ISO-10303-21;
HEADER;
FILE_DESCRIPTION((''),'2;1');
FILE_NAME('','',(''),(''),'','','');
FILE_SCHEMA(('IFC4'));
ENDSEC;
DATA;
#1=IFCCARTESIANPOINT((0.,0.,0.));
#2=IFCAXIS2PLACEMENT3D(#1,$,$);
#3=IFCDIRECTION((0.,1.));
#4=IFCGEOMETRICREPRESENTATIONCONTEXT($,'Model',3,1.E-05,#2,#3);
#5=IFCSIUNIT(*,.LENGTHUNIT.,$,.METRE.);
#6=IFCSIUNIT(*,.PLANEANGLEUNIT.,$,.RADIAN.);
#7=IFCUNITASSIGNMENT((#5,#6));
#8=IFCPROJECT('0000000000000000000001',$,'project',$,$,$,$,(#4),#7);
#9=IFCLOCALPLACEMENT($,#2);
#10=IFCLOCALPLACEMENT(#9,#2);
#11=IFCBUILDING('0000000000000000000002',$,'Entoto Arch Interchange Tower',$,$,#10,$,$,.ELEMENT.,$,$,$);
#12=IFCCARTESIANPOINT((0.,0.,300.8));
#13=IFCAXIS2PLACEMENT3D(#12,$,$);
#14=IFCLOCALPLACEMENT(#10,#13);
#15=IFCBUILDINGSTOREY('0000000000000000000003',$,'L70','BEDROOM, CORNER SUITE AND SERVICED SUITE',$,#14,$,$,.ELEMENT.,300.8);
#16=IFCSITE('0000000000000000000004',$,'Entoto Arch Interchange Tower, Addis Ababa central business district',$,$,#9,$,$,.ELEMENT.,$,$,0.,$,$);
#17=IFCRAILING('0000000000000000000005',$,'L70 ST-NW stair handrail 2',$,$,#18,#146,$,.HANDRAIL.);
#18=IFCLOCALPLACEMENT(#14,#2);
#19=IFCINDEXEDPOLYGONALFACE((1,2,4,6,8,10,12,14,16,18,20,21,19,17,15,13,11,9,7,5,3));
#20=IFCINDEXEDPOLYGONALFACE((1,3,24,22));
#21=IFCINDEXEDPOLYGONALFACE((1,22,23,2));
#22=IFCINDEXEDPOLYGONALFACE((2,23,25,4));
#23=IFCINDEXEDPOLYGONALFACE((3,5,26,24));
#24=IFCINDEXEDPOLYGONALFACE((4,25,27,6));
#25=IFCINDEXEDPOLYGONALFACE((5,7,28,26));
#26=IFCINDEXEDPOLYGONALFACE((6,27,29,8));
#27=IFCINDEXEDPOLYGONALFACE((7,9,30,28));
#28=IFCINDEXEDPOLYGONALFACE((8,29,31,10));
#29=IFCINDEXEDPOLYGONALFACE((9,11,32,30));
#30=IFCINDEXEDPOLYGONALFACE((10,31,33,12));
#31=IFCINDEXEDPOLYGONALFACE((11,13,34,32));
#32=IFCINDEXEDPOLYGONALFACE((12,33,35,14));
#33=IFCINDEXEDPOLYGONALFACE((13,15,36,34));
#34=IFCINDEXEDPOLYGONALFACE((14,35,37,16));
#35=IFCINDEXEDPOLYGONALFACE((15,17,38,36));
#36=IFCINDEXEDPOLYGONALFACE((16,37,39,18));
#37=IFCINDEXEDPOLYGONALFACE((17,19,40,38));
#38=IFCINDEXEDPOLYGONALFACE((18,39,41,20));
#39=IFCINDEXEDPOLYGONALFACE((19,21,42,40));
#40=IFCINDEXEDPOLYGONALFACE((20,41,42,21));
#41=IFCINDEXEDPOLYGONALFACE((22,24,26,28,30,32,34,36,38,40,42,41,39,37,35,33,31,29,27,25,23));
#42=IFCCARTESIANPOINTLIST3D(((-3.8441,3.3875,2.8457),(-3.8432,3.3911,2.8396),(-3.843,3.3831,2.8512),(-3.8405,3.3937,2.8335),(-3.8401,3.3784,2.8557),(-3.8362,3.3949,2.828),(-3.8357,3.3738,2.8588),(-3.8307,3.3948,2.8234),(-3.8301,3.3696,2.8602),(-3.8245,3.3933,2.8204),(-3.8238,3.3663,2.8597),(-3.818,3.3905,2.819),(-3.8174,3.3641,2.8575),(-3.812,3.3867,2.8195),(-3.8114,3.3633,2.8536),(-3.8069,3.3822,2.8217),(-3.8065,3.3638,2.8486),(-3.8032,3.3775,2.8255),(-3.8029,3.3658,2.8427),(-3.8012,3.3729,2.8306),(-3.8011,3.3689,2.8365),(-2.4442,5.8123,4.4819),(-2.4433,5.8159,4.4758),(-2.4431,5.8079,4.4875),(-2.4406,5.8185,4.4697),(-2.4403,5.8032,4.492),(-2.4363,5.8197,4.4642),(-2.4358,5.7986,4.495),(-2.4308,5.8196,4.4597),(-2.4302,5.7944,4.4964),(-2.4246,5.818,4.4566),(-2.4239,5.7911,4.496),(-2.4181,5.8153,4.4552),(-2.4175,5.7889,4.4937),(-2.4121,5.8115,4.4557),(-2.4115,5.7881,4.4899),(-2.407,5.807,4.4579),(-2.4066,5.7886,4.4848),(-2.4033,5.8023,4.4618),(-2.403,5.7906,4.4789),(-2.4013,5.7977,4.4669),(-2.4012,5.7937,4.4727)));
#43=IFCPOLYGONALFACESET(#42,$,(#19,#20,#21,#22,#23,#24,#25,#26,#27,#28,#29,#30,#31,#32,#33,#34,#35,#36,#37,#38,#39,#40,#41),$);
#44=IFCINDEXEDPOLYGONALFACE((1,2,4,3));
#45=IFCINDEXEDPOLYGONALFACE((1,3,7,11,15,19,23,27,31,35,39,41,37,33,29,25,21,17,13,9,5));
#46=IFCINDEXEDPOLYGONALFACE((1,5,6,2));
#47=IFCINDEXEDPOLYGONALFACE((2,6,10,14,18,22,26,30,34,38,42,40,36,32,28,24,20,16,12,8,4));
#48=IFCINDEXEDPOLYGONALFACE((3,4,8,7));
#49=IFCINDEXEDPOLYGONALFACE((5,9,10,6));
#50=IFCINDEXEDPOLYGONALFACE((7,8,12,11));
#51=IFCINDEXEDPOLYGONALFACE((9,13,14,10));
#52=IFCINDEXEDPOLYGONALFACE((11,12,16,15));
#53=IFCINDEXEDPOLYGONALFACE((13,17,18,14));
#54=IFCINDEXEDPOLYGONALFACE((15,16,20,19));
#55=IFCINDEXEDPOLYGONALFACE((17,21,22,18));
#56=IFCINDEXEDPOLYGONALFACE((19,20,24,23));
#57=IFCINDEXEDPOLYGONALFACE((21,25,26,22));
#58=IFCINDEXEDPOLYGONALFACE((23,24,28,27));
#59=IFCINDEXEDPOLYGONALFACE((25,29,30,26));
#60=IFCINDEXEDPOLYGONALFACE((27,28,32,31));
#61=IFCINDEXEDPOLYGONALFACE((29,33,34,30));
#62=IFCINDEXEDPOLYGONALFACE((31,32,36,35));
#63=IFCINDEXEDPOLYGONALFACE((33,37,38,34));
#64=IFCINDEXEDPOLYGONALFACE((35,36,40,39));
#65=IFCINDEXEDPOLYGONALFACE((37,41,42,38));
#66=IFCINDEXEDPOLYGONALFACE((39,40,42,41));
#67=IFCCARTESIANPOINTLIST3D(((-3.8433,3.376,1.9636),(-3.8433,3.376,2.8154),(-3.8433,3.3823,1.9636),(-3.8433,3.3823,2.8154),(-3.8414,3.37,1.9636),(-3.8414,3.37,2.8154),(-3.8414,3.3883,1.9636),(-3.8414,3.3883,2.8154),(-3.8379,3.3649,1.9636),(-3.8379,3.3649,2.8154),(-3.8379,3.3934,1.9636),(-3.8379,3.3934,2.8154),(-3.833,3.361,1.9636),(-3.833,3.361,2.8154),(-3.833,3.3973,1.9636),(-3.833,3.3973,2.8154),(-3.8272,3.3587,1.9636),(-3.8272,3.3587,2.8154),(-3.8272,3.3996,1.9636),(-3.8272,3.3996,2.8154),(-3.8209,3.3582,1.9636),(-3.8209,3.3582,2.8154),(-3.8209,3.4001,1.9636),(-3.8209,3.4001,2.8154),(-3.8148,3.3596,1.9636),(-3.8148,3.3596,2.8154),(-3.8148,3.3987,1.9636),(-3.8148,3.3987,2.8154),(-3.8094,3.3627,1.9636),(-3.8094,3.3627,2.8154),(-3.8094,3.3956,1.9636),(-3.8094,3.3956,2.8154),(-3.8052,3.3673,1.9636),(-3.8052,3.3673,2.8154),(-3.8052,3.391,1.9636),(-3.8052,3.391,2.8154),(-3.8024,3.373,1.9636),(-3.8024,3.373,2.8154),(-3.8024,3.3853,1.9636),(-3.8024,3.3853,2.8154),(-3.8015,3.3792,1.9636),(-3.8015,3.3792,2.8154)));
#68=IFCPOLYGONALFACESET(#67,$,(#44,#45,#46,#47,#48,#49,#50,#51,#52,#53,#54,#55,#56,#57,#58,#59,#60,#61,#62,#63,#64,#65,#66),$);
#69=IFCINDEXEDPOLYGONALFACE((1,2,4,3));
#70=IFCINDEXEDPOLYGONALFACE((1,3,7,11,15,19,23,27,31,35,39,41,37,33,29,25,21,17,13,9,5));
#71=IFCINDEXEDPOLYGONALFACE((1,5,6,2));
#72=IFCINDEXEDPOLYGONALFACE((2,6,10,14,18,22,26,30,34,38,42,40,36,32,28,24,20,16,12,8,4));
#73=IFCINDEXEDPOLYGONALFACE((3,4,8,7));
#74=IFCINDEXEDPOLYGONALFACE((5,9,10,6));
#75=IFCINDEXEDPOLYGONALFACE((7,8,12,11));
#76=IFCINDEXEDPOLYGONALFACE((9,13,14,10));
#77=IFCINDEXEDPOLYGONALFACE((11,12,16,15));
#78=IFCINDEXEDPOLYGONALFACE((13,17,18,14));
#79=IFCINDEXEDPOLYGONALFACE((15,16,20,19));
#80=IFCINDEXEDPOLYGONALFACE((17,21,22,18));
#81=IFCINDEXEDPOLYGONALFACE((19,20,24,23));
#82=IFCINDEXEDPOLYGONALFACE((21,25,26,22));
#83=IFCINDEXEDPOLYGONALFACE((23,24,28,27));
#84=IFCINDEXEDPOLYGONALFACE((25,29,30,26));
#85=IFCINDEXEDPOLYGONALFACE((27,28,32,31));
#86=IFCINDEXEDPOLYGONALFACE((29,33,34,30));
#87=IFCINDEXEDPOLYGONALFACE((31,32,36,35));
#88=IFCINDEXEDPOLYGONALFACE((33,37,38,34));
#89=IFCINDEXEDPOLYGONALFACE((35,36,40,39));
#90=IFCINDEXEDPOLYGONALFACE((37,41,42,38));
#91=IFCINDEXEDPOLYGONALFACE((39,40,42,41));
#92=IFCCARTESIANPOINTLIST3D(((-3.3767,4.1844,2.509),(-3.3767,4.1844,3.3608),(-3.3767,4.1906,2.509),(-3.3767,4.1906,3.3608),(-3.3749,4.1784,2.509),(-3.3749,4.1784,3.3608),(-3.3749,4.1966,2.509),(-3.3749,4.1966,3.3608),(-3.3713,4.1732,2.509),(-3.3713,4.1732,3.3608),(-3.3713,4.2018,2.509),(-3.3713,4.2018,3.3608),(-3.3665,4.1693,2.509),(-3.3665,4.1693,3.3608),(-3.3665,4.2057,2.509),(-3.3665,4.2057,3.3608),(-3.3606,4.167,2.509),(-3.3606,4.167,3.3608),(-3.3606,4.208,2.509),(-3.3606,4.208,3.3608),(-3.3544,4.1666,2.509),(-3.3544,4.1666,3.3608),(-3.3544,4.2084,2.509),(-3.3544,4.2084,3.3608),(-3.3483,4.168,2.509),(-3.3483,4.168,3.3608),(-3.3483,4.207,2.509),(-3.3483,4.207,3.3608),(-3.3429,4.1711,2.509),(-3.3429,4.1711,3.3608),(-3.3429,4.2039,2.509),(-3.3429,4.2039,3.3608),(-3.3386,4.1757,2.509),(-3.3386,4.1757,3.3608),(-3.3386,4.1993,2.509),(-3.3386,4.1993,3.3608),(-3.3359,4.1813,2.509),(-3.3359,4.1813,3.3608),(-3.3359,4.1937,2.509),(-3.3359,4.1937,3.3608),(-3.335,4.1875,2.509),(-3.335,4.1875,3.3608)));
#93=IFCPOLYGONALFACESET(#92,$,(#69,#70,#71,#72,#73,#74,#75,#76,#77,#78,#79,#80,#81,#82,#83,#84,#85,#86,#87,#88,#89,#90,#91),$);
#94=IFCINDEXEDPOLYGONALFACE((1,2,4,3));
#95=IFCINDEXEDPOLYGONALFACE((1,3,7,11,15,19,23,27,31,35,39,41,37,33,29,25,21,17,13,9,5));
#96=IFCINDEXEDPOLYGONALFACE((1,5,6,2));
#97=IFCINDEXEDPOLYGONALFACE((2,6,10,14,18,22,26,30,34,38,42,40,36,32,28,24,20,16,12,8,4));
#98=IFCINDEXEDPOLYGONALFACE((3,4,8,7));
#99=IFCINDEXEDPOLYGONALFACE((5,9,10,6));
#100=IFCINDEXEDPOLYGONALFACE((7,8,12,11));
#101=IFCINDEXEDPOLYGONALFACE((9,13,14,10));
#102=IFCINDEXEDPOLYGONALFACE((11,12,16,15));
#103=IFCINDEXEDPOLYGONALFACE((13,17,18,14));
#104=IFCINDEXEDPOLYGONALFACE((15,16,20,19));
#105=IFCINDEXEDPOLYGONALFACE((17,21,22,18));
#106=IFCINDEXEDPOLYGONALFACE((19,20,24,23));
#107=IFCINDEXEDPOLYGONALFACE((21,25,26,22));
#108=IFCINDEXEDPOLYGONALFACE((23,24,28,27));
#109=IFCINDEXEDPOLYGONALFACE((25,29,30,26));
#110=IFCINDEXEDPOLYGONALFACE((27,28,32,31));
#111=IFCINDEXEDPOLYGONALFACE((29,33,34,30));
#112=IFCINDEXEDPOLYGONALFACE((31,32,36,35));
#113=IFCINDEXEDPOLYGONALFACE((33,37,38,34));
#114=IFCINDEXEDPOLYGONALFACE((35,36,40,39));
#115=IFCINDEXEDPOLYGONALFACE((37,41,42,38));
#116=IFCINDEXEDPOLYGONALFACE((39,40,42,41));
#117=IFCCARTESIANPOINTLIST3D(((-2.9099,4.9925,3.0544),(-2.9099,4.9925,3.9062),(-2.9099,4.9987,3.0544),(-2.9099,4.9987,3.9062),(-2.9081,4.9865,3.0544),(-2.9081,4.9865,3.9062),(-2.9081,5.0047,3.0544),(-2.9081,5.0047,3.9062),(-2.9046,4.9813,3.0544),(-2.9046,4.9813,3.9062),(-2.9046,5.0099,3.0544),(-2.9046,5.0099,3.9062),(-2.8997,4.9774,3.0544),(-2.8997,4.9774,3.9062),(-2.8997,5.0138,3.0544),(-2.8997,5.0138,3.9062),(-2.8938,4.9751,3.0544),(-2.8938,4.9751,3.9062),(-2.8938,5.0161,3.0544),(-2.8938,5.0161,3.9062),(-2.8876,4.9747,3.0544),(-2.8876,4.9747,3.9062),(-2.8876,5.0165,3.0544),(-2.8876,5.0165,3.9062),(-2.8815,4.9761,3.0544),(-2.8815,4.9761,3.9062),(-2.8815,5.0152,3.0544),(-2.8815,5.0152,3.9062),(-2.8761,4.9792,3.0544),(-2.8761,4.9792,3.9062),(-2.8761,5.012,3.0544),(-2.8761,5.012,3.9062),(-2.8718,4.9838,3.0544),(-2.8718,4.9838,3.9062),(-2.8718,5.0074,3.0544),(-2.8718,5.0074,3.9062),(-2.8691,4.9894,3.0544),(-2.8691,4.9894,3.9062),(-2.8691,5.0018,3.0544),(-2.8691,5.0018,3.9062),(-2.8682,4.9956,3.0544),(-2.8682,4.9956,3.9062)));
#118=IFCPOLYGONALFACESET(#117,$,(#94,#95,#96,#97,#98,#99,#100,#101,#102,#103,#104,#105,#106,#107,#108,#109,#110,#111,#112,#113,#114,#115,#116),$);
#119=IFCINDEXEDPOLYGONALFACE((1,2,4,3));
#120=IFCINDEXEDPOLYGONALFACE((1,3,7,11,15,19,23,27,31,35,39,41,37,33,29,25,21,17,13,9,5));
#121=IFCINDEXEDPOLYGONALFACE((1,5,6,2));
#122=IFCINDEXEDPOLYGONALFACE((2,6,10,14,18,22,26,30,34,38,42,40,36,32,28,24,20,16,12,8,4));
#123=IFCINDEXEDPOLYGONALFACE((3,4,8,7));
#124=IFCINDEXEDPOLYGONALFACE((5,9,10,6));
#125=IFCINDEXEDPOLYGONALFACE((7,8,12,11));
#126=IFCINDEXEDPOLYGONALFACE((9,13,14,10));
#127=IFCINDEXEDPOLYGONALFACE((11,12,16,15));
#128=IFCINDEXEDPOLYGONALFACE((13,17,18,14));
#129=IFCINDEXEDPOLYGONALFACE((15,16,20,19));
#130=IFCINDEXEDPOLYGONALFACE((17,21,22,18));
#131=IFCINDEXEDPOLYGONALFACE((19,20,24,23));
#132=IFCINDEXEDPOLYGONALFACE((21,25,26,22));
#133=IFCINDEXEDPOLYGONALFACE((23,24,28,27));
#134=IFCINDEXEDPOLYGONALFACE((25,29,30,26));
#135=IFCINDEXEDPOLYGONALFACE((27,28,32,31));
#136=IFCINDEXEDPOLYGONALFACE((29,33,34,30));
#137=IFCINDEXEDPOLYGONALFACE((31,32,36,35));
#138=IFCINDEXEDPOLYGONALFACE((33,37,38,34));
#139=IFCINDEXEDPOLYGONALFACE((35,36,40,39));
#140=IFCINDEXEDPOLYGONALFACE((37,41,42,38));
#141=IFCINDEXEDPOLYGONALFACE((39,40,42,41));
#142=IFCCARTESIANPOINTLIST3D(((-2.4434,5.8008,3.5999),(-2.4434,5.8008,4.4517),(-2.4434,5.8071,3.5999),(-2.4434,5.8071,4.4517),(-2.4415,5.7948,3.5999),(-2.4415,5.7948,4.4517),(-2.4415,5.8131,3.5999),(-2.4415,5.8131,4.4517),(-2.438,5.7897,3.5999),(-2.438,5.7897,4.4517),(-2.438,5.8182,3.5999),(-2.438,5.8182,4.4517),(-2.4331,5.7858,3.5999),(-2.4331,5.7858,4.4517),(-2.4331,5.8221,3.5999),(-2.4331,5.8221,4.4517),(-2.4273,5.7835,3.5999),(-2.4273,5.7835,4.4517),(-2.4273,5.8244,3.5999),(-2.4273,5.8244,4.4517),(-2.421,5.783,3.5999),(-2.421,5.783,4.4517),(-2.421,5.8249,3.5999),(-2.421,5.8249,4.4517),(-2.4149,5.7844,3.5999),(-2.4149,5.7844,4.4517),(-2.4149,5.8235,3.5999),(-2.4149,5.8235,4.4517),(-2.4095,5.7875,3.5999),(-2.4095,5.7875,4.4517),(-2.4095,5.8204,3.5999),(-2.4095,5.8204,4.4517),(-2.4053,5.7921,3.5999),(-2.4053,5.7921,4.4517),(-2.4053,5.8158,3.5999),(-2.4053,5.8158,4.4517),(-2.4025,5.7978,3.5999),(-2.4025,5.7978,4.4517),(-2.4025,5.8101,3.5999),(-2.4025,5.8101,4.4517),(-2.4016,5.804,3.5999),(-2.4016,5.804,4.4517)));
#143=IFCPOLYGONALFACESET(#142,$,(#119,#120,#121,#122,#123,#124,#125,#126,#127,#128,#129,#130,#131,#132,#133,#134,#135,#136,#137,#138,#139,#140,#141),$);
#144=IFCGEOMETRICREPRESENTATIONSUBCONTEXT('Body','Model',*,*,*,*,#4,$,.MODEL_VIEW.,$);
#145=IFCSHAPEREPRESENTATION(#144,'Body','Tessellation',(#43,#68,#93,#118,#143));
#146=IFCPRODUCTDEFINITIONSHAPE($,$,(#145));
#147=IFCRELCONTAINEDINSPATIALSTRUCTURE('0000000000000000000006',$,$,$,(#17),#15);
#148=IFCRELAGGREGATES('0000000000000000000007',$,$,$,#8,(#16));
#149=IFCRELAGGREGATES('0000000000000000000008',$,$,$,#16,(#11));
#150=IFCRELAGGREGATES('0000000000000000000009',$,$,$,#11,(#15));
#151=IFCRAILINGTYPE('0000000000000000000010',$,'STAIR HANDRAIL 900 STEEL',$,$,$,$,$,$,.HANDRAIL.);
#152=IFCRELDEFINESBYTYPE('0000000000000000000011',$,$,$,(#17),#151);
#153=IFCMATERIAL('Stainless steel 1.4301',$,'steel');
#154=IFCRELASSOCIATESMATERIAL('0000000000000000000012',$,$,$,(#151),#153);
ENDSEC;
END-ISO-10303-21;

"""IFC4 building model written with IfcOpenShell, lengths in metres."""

from ifc_helpers import new_model, si_unit, direction, frame, origin, origin_2d, place, context, subcontext, project, spatial, circle, extrude, material, type_object, element, save


model = new_model("IFC4")

# Units and contexts
model_context = context("Model", 3, precision=1e-05, world=origin(), true_north=direction((0.0, 1.0)))
body_context = subcontext(model_context, "Body", "Model", "MODEL_VIEW")
ifc_project = project(units=[si_unit("LENGTHUNIT", "METRE"), si_unit("PLANEANGLEUNIT", "RADIAN")], contexts=[model_context])

# Site, building, storey
site_placement = place(None, origin())
site = spatial("IfcSite", under=ifc_project, at=site_placement, Name="Entoto Arch Interchange Tower, Addis Ababa central business district", CompositionType="ELEMENT", RefElevation=0.0)
building_placement = place(site_placement, origin())
building = spatial("IfcBuilding", under=site, at=building_placement, Name="Entoto Arch Interchange Tower", CompositionType="ELEMENT")
storey_placement = place(building_placement, frame((0.0, 0.0, 300.8)))
storey = spatial("IfcBuildingStorey", under=building, at=storey_placement, Name="L70", Description="BEDROOM, CORNER SUITE AND SERVICED SUITE", CompositionType="ELEMENT", Elevation=300.8)

# Railing
ifc_material_1 = material(Name="Stainless steel 1.4301", Category="steel")
railing_type_1 = type_object("IfcRailingType", Name="STAIR HANDRAIL 900 STEEL", PredefinedType="HANDRAIL", material=ifc_material_1)
railing_1_placement = place(storey_placement, frame((-3.8225, 3.3792, 1.9636)))
element("IfcRailing", 1, at=railing_1_placement, inside=storey, type_object=railing_type_1, Name="L70 ST-NW stair handrail 2", PredefinedType="HANDRAIL", context=body_context, shape_type="SweptSolid", body=[
    extrude(circle(Radius=0.0239, at=origin_2d()), frame((0.0, 0.0, 0.876), z_axis=(0.431677, 0.747718, 0.504552), x_axis=(-0.866035, 0.499984, 0.0)), (0.0, 0.0, 1.0), 3.2429),
    extrude(circle(Radius=0.021, at=origin_2d()), origin(), (0.0, 0.0, 1.0), 0.8518),
    extrude(circle(Radius=0.021, at=origin_2d()), frame((0.4666, 0.8083, 0.5454)), (0.0, 0.0, 1.0), 0.8518),
    extrude(circle(Radius=0.021, at=origin_2d()), frame((0.9333, 1.6165, 1.0908)), (0.0, 0.0, 1.0), 0.8518),
    extrude(circle(Radius=0.021, at=origin_2d()), frame((1.3999, 2.4248, 1.6362)), (0.0, 0.0, 1.0), 0.8518),
])

save(model, "model.ifc")
